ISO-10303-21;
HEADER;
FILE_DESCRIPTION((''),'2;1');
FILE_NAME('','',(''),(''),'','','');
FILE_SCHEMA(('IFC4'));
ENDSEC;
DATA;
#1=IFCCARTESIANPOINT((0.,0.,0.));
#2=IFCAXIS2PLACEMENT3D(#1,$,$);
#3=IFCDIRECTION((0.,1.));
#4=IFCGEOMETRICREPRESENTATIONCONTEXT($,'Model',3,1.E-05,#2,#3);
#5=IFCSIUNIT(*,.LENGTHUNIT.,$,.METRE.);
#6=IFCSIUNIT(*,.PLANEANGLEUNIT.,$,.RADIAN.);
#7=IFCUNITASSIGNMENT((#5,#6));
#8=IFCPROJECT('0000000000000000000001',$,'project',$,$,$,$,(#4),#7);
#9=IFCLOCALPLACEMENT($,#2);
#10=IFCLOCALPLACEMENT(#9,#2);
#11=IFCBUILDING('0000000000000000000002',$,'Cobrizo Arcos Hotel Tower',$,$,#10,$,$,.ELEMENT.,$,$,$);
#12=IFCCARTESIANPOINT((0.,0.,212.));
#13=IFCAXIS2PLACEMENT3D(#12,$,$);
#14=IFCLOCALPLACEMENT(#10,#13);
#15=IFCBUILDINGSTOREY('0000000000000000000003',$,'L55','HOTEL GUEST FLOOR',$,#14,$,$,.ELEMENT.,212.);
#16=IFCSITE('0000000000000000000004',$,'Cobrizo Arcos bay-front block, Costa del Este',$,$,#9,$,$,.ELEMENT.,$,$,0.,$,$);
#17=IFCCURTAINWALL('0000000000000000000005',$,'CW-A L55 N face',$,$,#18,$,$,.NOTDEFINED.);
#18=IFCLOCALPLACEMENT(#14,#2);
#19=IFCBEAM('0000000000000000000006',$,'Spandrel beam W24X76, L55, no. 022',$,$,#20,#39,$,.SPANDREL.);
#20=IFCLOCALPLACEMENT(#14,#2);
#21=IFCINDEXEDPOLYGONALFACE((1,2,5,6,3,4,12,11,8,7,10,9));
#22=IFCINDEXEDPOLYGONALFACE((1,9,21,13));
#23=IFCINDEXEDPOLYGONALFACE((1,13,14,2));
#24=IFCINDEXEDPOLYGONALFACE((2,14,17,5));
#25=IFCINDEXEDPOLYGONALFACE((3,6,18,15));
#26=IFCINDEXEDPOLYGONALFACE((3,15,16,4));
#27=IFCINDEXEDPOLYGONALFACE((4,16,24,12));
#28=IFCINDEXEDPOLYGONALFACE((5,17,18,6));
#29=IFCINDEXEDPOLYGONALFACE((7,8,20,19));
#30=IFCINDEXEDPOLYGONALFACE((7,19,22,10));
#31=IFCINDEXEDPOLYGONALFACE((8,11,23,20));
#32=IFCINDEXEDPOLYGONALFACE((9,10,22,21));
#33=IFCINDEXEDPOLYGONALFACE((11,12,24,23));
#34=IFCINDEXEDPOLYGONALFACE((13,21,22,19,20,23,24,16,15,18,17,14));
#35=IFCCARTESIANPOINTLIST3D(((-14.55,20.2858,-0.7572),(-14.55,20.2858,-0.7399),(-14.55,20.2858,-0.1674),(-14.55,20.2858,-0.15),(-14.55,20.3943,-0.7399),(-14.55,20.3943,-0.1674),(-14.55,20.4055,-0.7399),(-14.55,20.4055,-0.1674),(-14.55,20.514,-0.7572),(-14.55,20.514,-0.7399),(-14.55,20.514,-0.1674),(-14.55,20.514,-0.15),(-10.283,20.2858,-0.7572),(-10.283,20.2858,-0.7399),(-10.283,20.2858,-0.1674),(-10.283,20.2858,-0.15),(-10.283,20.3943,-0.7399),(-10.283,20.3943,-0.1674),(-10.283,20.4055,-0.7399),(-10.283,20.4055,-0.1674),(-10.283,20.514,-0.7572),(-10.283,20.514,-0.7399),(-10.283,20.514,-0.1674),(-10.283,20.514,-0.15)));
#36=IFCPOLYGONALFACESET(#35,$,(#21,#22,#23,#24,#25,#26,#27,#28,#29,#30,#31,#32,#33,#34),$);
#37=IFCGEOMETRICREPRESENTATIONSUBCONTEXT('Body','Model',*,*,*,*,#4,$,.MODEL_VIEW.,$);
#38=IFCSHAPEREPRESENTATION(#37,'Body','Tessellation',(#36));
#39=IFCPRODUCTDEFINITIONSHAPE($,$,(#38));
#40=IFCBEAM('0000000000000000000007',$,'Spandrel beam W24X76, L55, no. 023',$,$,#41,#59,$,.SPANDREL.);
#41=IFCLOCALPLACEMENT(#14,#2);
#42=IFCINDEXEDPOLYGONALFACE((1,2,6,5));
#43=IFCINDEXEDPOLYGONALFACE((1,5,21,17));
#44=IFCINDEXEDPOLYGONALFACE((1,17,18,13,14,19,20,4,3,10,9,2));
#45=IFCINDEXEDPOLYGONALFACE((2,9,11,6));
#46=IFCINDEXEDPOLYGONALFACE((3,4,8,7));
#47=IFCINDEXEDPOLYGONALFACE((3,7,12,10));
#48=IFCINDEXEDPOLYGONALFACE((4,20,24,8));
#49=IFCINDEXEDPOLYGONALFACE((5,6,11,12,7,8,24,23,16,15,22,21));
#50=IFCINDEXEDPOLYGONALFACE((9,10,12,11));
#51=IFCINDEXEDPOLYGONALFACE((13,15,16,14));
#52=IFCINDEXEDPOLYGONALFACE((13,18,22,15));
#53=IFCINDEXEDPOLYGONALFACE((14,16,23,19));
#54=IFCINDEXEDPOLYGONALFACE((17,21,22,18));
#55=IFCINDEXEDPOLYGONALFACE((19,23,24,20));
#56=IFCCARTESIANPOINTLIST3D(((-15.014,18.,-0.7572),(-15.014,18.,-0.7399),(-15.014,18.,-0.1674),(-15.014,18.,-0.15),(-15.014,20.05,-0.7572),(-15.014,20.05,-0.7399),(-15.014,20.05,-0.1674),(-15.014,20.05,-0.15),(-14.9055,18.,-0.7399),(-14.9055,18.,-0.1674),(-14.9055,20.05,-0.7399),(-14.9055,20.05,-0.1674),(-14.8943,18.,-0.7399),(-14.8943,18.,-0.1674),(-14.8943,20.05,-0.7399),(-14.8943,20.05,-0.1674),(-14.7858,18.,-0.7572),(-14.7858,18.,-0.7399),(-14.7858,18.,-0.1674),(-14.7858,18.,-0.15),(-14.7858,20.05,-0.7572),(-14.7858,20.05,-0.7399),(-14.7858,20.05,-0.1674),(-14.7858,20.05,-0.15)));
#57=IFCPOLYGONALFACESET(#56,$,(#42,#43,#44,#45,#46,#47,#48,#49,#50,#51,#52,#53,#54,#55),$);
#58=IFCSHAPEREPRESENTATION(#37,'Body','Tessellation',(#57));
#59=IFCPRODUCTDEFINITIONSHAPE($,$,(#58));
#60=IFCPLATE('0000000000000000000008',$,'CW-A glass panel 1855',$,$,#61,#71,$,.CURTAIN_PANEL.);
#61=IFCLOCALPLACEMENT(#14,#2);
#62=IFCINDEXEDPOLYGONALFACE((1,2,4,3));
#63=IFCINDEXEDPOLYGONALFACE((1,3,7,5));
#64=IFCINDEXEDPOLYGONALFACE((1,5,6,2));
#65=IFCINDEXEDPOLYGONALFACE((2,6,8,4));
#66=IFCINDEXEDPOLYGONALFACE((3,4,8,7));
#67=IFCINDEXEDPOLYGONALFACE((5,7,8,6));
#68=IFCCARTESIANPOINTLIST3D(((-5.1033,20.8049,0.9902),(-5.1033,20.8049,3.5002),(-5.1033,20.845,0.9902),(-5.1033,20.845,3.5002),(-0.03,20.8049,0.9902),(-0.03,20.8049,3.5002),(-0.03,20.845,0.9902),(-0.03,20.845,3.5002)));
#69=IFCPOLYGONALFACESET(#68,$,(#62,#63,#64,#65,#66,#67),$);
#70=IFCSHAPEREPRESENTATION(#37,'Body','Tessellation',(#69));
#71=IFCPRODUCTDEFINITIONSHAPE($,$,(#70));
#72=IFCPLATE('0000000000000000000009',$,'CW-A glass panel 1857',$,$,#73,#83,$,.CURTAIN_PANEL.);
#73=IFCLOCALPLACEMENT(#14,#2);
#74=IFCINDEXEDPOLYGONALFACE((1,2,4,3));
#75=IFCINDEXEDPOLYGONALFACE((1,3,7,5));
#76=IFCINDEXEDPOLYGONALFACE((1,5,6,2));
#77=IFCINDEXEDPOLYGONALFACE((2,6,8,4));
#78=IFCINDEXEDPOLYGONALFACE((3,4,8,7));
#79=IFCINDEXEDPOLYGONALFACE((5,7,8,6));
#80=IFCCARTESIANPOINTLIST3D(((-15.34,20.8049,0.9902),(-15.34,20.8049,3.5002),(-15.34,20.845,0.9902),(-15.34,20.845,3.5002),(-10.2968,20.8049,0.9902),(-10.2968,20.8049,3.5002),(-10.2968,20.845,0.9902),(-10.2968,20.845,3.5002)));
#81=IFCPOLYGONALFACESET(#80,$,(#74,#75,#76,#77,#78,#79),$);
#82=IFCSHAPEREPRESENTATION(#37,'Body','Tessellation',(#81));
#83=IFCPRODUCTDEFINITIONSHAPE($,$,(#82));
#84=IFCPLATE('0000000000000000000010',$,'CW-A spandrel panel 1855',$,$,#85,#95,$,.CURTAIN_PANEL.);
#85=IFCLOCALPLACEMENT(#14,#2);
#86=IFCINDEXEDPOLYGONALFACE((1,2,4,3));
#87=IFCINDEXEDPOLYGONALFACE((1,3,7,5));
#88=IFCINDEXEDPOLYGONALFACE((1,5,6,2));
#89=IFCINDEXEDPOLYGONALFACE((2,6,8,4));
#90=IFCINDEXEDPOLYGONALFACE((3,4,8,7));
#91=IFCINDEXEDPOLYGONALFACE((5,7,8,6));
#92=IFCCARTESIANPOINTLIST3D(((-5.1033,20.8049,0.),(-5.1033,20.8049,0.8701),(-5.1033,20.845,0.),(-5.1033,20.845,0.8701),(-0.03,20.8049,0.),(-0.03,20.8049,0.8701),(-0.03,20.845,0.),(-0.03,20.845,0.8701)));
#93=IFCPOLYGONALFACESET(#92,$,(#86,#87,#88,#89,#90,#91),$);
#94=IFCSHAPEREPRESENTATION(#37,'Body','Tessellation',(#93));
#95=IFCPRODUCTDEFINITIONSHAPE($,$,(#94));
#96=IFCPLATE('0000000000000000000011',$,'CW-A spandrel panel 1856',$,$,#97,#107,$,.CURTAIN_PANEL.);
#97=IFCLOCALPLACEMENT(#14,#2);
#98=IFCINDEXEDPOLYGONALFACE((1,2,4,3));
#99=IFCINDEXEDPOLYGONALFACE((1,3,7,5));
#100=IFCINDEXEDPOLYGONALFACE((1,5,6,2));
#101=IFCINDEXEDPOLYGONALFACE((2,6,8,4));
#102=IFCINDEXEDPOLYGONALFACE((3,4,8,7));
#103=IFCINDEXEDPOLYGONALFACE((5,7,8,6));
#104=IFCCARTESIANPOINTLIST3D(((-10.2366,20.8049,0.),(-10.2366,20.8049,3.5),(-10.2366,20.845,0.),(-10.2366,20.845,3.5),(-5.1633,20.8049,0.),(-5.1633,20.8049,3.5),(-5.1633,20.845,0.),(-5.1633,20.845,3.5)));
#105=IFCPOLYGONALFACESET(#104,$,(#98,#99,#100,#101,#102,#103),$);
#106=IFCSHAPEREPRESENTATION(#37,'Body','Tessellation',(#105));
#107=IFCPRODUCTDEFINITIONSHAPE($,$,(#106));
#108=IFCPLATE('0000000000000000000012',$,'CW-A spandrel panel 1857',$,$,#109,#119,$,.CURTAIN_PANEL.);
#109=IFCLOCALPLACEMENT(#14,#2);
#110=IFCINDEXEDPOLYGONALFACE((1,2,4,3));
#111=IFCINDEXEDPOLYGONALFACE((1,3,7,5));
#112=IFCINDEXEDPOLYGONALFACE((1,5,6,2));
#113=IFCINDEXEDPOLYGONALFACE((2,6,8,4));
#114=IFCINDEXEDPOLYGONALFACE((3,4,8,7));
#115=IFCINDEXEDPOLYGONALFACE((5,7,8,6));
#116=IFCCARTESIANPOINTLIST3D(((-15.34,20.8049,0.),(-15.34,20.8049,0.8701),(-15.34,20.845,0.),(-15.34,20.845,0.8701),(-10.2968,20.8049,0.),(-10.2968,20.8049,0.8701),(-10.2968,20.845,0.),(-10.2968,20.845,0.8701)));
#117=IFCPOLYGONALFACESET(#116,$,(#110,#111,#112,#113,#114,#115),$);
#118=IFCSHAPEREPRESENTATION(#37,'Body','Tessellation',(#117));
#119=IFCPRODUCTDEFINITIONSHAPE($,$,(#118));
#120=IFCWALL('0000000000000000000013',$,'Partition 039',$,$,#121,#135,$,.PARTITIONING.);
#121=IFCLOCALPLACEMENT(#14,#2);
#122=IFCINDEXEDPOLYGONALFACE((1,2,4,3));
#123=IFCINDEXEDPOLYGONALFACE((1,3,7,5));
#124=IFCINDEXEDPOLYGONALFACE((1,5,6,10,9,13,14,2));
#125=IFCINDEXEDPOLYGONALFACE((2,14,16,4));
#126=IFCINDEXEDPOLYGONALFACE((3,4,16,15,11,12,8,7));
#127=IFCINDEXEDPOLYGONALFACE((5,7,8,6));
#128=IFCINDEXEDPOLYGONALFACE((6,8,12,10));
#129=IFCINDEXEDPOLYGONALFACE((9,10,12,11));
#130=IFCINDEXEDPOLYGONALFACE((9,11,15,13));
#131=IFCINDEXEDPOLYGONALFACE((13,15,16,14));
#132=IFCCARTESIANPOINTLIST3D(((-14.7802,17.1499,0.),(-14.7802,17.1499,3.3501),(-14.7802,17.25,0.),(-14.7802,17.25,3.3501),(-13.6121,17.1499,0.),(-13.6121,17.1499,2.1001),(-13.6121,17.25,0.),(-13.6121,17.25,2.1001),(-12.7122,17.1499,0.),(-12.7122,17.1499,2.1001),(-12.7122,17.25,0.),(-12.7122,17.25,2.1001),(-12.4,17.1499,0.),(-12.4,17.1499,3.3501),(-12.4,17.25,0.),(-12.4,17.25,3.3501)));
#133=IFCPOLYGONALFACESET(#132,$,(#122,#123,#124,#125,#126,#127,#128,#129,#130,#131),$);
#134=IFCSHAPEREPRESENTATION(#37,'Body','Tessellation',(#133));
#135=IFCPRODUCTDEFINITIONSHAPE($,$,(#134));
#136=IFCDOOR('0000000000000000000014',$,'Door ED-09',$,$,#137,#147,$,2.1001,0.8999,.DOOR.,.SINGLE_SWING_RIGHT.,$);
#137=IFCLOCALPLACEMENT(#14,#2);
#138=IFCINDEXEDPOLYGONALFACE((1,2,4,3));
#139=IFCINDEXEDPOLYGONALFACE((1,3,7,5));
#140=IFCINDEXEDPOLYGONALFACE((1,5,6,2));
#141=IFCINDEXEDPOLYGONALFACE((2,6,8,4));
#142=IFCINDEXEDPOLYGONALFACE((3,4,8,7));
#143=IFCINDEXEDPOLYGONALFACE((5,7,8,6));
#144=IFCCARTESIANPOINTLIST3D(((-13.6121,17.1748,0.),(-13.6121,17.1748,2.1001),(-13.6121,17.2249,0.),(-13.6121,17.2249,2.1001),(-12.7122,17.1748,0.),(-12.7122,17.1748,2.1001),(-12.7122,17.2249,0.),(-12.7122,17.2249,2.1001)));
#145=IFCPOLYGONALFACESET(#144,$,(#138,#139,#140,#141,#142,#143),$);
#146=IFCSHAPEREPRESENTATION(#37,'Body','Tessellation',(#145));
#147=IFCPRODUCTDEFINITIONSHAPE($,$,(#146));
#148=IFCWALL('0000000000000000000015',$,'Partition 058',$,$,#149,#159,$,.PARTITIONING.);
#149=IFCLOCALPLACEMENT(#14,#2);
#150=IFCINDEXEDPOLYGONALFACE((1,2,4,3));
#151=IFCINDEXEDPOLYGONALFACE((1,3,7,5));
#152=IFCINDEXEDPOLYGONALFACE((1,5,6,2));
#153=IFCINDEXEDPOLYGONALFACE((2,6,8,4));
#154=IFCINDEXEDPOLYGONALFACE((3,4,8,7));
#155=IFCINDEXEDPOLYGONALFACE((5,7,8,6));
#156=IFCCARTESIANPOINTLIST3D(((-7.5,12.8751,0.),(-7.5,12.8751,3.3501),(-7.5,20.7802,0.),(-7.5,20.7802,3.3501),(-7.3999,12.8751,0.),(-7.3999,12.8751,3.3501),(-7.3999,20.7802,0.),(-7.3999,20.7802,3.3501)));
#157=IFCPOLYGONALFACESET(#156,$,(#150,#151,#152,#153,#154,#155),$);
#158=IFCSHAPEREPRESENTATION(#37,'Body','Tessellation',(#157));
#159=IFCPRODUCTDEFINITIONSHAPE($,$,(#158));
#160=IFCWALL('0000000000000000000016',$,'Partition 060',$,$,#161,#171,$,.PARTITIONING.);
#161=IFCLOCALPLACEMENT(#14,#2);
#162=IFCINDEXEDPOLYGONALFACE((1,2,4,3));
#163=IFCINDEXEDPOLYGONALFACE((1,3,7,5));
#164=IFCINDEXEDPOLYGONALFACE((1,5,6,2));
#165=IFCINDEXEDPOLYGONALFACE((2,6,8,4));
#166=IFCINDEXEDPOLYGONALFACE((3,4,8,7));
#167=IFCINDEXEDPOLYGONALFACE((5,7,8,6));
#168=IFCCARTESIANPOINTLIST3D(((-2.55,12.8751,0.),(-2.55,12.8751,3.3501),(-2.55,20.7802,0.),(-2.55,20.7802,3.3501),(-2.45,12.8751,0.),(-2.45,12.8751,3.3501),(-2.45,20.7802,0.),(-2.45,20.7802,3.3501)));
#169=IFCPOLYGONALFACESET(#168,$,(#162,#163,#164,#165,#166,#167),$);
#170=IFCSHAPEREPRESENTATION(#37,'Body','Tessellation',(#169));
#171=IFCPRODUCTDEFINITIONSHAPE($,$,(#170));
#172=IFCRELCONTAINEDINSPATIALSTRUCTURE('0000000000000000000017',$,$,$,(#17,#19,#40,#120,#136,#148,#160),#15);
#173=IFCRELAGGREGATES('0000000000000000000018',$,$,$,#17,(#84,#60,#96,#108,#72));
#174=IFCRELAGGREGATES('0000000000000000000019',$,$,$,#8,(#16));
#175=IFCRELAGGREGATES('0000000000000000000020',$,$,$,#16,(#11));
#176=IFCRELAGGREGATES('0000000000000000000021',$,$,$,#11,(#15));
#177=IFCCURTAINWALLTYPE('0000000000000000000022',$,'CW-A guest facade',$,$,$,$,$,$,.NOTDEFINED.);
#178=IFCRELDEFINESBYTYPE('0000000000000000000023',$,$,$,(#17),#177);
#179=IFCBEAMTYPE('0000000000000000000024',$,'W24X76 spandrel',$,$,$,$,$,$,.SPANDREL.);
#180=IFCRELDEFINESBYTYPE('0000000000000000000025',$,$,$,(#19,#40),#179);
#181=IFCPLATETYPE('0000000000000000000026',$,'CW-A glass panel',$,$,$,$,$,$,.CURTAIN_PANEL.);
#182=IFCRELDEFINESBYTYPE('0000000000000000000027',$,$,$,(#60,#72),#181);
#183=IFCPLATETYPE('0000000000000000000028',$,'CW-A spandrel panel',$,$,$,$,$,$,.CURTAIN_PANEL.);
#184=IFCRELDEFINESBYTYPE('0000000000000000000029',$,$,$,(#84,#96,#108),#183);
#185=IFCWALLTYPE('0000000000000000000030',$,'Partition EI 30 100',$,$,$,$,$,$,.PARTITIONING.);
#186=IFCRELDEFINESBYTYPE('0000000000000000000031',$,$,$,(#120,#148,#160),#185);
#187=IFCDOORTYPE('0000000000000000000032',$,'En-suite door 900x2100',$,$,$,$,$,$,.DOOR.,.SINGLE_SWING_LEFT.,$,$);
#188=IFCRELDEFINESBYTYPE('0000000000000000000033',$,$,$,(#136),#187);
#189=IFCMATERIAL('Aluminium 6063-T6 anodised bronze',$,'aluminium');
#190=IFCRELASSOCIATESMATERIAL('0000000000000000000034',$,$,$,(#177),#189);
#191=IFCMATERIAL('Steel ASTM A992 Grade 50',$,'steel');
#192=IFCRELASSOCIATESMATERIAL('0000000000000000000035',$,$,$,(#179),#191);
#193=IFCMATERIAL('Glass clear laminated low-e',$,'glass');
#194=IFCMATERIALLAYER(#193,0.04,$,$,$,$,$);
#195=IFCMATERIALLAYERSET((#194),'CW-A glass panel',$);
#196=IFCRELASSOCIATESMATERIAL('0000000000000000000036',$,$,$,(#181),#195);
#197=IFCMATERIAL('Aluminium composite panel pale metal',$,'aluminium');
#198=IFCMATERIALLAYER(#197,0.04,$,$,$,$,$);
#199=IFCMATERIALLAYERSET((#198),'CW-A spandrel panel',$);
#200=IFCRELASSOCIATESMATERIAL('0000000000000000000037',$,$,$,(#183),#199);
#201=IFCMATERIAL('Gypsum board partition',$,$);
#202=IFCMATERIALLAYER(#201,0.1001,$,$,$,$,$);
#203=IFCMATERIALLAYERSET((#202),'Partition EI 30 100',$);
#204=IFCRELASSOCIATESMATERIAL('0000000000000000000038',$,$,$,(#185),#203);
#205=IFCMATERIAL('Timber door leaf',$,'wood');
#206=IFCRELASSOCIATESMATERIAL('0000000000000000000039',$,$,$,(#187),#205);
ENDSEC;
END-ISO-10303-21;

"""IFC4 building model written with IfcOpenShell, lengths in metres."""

from ifc_helpers import new_model, si_unit, direction, frame, frame_2d, origin, origin_2d, place, context, subcontext, project, spatial, rectangle, i_section, extrude, material, layer, layer_set, material_profile, profile_set, type_object, element, fill, aggregate, save


model = new_model("IFC4")

# Units and contexts
model_context = context("Model", 3, precision=1e-05, world=origin(), true_north=direction((0.0, 1.0)))
body_context = subcontext(model_context, "Body", "Model", "MODEL_VIEW")
ifc_project = project(units=[si_unit("LENGTHUNIT", "METRE"), si_unit("PLANEANGLEUNIT", "RADIAN")], contexts=[model_context])

# Site, building, storey
site_placement = place(None, origin())
site = spatial("IfcSite", under=ifc_project, at=site_placement, Name="Cobrizo Arcos bay-front block, Costa del Este", CompositionType="ELEMENT", RefElevation=0.0)
building_placement = place(site_placement, origin())
building = spatial("IfcBuilding", under=site, at=building_placement, Name="Cobrizo Arcos Hotel Tower", CompositionType="ELEMENT")
storey_placement = place(building_placement, frame((0.0, 0.0, 212.0)))
storey = spatial("IfcBuildingStorey", under=building, at=storey_placement, Name="L55", Description="HOTEL GUEST FLOOR", CompositionType="ELEMENT", Elevation=212.0)

# Curtain wall
ifc_material_1 = material(Name="Aluminium 6063-T6 anodised bronze", Category="aluminium")
curtain_wall_type = type_object("IfcCurtainWallType", Name="CW-A guest facade", PredefinedType="NOTDEFINED", material=ifc_material_1)
curtain_wall_placement = place(storey_placement, origin())
curtain_wall = element("IfcCurtainWall", 1, at=curtain_wall_placement, inside=storey, type_object=curtain_wall_type, Name="CW-A L55 N face", PredefinedType="NOTDEFINED")

# Beams
ifc_material_2 = material(Name="Steel ASTM A992 Grade 50", Category="steel")
ifc_material_profile_1 = material_profile(ifc_material_2, i_section(OverallWidth=0.2283, OverallDepth=0.6072, WebThickness=0.0112, FlangeThickness=0.0173, at=origin_2d()), Name="W24X76")
ifc_profile_set_1 = profile_set([ifc_material_profile_1], Name="Steel ASTM A992 Grade 50")
beam_type = type_object("IfcBeamType", Name="W24X76 spandrel", PredefinedType="SPANDREL", material=ifc_profile_set_1)
beam_1_placement = place(storey_placement, frame((-10.283, 20.3999, -0.4536), z_axis=(-1.0, 0.0, 0.0), x_axis=(0.0, -1.0, 0.0)))
element("IfcBeam", 2, at=beam_1_placement, inside=storey, type_object=beam_type, Name="Spandrel beam W24X76, L55, no. 022", PredefinedType="SPANDREL", context=body_context, shape_type="SweptSolid", body=[
    extrude(i_section(OverallWidth=0.2283, OverallDepth=0.6072, WebThickness=0.0112, FlangeThickness=0.0173, at=origin_2d()), origin(), (0.0, 0.0, 1.0), 4.2671),
])
beam_2_placement = place(storey_placement, frame((-14.8999, 20.05, -0.4536), z_axis=(0.0, -1.0, 0.0), x_axis=(1.0, 0.0, 0.0)))
element("IfcBeam", 3, at=beam_2_placement, inside=storey, type_object=beam_type, Name="Spandrel beam W24X76, L55, no. 023", PredefinedType="SPANDREL", context=body_context, shape_type="SweptSolid", body=[
    extrude(i_section(OverallWidth=0.2283, OverallDepth=0.6072, WebThickness=0.0112, FlangeThickness=0.0173, at=origin_2d()), origin(), (0.0, 0.0, 1.0), 2.05),
])

# Plates
ifc_material_3 = material(Name="Glass clear laminated low-e", Category="glass")
ifc_layer_1 = layer(ifc_material_3, 0.04)
ifc_layer_set_1 = layer_set([ifc_layer_1], Name="CW-A glass panel")
plate_type_1 = type_object("IfcPlateType", Name="CW-A glass panel", PredefinedType="CURTAIN_PANEL", material=ifc_layer_set_1)
plate_1_placement = place(storey_placement, frame((-2.5667, 20.825, 0.9902), z_axis=(0.0, 0.0, 1.0), x_axis=(-1.0, 0.0, 0.0)))
plate_1 = element("IfcPlate", 4, at=plate_1_placement, type_object=plate_type_1, Name="CW-A glass panel 1855", PredefinedType="CURTAIN_PANEL", context=body_context, shape_type="SweptSolid", body=[
    extrude(rectangle(XDim=5.0732, YDim=0.04, at=origin_2d()), origin(), (0.0, 0.0, 1.0), 2.51),
])
plate_2_placement = place(storey_placement, frame((-12.8184, 20.825, 0.9902), z_axis=(0.0, 0.0, 1.0), x_axis=(-1.0, 0.0, 0.0)))
plate_2 = element("IfcPlate", 5, at=plate_2_placement, type_object=plate_type_1, Name="CW-A glass panel 1857", PredefinedType="CURTAIN_PANEL", context=body_context, shape_type="SweptSolid", body=[
    extrude(rectangle(XDim=5.0432, YDim=0.04, at=origin_2d()), origin(), (0.0, 0.0, 1.0), 2.51),
])
ifc_material_4 = material(Name="Aluminium composite panel pale metal", Category="aluminium")
ifc_layer_2 = layer(ifc_material_4, 0.04)
ifc_layer_set_2 = layer_set([ifc_layer_2], Name="CW-A spandrel panel")
plate_type_2 = type_object("IfcPlateType", Name="CW-A spandrel panel", PredefinedType="CURTAIN_PANEL", material=ifc_layer_set_2)
plate_3_placement = place(storey_placement, frame((-2.5667, 20.825, 0.0), z_axis=(0.0, 0.0, 1.0), x_axis=(-1.0, 0.0, 0.0)))
plate_3 = element("IfcPlate", 6, at=plate_3_placement, type_object=plate_type_2, Name="CW-A spandrel panel 1855", PredefinedType="CURTAIN_PANEL", context=body_context, shape_type="SweptSolid", body=[
    extrude(rectangle(XDim=5.0732, YDim=0.04, at=origin_2d()), origin(), (0.0, 0.0, 1.0), 0.8701),
])
plate_4_placement = place(storey_placement, frame((-7.7, 20.825, 0.0), z_axis=(0.0, 0.0, 1.0), x_axis=(-1.0, 0.0, 0.0)))
plate_4 = element("IfcPlate", 7, at=plate_4_placement, type_object=plate_type_2, Name="CW-A spandrel panel 1856", PredefinedType="CURTAIN_PANEL", context=body_context, shape_type="SweptSolid", body=[
    extrude(rectangle(XDim=5.0732, YDim=0.04, at=origin_2d()), origin(), (0.0, 0.0, 1.0), 3.5),
])
plate_5_placement = place(storey_placement, frame((-12.8184, 20.825, 0.0), z_axis=(0.0, 0.0, 1.0), x_axis=(-1.0, 0.0, 0.0)))
plate_5 = element("IfcPlate", 8, at=plate_5_placement, type_object=plate_type_2, Name="CW-A spandrel panel 1857", PredefinedType="CURTAIN_PANEL", context=body_context, shape_type="SweptSolid", body=[
    extrude(rectangle(XDim=5.0432, YDim=0.04, at=origin_2d()), origin(), (0.0, 0.0, 1.0), 0.8701),
])
aggregate(curtain_wall, [plate_3, plate_1, plate_4, plate_5, plate_2])

# Wall, opening, door
ifc_material_5 = material(Name="Gypsum board partition")
ifc_layer_3 = layer(ifc_material_5, 0.1001)
ifc_layer_set_3 = layer_set([ifc_layer_3], Name="Partition EI 30 100")
wall_type = type_object("IfcWallType", Name="Partition EI 30 100", PredefinedType="PARTITIONING", material=ifc_layer_set_3)
wall_placement = place(storey_placement, frame((-14.78, 17.2, 0.0), z_axis=(0.0, 0.0, 1.0), x_axis=(1.0, 0.0, 0.0)))
wall = element("IfcWall", 9, at=wall_placement, inside=storey, type_object=wall_type, Name="Partition 039", PredefinedType="PARTITIONING", context=body_context, shape_type="SweptSolid", body=[
    extrude(rectangle(XDim=2.3801, YDim=0.1001, at=frame_2d((1.1899, 0.0))), origin(), (0.0, 0.0, 1.0), 3.3501),
])
opening_placement = place(wall_placement, frame((1.168, 0.0, 0.0)))
opening = element("IfcOpeningElement", 10, at=opening_placement, cuts=wall, PredefinedType="OPENING", context=body_context, shape_type="SweptSolid", body=[
    extrude(rectangle(XDim=0.8999, YDim=2.1001, at=frame_2d((0.45, 1.05))), frame((0.0, 0.062, 0.0), z_axis=(0.0, -1.0, 0.0), x_axis=(1.0, 0.0, 0.0)), (0.0, 0.0, 1.0), 0.124),
])
ifc_material_6 = material(Name="Timber door leaf", Category="wood")
door_type = type_object("IfcDoorType", Name="En-suite door 900x2100", OperationType="SINGLE_SWING_LEFT", PredefinedType="DOOR", material=ifc_material_6)
door_placement = place(opening_placement, origin())
door = element("IfcDoor", 11, at=door_placement, inside=storey, type_object=door_type, Name="Door ED-09", OperationType="SINGLE_SWING_RIGHT", OverallHeight=2.1001, OverallWidth=0.8999, PredefinedType="DOOR", context=body_context, shape_type="SweptSolid", body=[
    extrude(rectangle(XDim=0.8999, YDim=2.1001, at=frame_2d((0.45, 1.05))), frame((0.0, 0.0249, 0.0), z_axis=(0.0, -1.0, 0.0), x_axis=(1.0, 0.0, 0.0)), (0.0, 0.0, 1.0), 0.05),
])
fill(opening, door)

# Walls
for number, where, z_axis, x_axis, name in (
    (12, (-7.45, 12.875, 0.0), (0.0, 0.0, 1.0), (0.0, 1.0, 0.0), "Partition 058"),
    (13, (-2.5, 12.875, 0.0), (0.0, 0.0, 1.0), (0.0, 1.0, 0.0), "Partition 060"),
):
    element("IfcWall", number, at=place(storey_placement, frame(where, z_axis=z_axis, x_axis=x_axis)), inside=storey, type_object=wall_type, Name=name, PredefinedType="PARTITIONING", context=body_context, shape_type="SweptSolid", body=[
        extrude(rectangle(XDim=7.905, YDim=0.1001, at=frame_2d((3.9526, 0.0))), origin(), (0.0, 0.0, 1.0), 3.3501),
    ])

save(model, "model.ifc")
